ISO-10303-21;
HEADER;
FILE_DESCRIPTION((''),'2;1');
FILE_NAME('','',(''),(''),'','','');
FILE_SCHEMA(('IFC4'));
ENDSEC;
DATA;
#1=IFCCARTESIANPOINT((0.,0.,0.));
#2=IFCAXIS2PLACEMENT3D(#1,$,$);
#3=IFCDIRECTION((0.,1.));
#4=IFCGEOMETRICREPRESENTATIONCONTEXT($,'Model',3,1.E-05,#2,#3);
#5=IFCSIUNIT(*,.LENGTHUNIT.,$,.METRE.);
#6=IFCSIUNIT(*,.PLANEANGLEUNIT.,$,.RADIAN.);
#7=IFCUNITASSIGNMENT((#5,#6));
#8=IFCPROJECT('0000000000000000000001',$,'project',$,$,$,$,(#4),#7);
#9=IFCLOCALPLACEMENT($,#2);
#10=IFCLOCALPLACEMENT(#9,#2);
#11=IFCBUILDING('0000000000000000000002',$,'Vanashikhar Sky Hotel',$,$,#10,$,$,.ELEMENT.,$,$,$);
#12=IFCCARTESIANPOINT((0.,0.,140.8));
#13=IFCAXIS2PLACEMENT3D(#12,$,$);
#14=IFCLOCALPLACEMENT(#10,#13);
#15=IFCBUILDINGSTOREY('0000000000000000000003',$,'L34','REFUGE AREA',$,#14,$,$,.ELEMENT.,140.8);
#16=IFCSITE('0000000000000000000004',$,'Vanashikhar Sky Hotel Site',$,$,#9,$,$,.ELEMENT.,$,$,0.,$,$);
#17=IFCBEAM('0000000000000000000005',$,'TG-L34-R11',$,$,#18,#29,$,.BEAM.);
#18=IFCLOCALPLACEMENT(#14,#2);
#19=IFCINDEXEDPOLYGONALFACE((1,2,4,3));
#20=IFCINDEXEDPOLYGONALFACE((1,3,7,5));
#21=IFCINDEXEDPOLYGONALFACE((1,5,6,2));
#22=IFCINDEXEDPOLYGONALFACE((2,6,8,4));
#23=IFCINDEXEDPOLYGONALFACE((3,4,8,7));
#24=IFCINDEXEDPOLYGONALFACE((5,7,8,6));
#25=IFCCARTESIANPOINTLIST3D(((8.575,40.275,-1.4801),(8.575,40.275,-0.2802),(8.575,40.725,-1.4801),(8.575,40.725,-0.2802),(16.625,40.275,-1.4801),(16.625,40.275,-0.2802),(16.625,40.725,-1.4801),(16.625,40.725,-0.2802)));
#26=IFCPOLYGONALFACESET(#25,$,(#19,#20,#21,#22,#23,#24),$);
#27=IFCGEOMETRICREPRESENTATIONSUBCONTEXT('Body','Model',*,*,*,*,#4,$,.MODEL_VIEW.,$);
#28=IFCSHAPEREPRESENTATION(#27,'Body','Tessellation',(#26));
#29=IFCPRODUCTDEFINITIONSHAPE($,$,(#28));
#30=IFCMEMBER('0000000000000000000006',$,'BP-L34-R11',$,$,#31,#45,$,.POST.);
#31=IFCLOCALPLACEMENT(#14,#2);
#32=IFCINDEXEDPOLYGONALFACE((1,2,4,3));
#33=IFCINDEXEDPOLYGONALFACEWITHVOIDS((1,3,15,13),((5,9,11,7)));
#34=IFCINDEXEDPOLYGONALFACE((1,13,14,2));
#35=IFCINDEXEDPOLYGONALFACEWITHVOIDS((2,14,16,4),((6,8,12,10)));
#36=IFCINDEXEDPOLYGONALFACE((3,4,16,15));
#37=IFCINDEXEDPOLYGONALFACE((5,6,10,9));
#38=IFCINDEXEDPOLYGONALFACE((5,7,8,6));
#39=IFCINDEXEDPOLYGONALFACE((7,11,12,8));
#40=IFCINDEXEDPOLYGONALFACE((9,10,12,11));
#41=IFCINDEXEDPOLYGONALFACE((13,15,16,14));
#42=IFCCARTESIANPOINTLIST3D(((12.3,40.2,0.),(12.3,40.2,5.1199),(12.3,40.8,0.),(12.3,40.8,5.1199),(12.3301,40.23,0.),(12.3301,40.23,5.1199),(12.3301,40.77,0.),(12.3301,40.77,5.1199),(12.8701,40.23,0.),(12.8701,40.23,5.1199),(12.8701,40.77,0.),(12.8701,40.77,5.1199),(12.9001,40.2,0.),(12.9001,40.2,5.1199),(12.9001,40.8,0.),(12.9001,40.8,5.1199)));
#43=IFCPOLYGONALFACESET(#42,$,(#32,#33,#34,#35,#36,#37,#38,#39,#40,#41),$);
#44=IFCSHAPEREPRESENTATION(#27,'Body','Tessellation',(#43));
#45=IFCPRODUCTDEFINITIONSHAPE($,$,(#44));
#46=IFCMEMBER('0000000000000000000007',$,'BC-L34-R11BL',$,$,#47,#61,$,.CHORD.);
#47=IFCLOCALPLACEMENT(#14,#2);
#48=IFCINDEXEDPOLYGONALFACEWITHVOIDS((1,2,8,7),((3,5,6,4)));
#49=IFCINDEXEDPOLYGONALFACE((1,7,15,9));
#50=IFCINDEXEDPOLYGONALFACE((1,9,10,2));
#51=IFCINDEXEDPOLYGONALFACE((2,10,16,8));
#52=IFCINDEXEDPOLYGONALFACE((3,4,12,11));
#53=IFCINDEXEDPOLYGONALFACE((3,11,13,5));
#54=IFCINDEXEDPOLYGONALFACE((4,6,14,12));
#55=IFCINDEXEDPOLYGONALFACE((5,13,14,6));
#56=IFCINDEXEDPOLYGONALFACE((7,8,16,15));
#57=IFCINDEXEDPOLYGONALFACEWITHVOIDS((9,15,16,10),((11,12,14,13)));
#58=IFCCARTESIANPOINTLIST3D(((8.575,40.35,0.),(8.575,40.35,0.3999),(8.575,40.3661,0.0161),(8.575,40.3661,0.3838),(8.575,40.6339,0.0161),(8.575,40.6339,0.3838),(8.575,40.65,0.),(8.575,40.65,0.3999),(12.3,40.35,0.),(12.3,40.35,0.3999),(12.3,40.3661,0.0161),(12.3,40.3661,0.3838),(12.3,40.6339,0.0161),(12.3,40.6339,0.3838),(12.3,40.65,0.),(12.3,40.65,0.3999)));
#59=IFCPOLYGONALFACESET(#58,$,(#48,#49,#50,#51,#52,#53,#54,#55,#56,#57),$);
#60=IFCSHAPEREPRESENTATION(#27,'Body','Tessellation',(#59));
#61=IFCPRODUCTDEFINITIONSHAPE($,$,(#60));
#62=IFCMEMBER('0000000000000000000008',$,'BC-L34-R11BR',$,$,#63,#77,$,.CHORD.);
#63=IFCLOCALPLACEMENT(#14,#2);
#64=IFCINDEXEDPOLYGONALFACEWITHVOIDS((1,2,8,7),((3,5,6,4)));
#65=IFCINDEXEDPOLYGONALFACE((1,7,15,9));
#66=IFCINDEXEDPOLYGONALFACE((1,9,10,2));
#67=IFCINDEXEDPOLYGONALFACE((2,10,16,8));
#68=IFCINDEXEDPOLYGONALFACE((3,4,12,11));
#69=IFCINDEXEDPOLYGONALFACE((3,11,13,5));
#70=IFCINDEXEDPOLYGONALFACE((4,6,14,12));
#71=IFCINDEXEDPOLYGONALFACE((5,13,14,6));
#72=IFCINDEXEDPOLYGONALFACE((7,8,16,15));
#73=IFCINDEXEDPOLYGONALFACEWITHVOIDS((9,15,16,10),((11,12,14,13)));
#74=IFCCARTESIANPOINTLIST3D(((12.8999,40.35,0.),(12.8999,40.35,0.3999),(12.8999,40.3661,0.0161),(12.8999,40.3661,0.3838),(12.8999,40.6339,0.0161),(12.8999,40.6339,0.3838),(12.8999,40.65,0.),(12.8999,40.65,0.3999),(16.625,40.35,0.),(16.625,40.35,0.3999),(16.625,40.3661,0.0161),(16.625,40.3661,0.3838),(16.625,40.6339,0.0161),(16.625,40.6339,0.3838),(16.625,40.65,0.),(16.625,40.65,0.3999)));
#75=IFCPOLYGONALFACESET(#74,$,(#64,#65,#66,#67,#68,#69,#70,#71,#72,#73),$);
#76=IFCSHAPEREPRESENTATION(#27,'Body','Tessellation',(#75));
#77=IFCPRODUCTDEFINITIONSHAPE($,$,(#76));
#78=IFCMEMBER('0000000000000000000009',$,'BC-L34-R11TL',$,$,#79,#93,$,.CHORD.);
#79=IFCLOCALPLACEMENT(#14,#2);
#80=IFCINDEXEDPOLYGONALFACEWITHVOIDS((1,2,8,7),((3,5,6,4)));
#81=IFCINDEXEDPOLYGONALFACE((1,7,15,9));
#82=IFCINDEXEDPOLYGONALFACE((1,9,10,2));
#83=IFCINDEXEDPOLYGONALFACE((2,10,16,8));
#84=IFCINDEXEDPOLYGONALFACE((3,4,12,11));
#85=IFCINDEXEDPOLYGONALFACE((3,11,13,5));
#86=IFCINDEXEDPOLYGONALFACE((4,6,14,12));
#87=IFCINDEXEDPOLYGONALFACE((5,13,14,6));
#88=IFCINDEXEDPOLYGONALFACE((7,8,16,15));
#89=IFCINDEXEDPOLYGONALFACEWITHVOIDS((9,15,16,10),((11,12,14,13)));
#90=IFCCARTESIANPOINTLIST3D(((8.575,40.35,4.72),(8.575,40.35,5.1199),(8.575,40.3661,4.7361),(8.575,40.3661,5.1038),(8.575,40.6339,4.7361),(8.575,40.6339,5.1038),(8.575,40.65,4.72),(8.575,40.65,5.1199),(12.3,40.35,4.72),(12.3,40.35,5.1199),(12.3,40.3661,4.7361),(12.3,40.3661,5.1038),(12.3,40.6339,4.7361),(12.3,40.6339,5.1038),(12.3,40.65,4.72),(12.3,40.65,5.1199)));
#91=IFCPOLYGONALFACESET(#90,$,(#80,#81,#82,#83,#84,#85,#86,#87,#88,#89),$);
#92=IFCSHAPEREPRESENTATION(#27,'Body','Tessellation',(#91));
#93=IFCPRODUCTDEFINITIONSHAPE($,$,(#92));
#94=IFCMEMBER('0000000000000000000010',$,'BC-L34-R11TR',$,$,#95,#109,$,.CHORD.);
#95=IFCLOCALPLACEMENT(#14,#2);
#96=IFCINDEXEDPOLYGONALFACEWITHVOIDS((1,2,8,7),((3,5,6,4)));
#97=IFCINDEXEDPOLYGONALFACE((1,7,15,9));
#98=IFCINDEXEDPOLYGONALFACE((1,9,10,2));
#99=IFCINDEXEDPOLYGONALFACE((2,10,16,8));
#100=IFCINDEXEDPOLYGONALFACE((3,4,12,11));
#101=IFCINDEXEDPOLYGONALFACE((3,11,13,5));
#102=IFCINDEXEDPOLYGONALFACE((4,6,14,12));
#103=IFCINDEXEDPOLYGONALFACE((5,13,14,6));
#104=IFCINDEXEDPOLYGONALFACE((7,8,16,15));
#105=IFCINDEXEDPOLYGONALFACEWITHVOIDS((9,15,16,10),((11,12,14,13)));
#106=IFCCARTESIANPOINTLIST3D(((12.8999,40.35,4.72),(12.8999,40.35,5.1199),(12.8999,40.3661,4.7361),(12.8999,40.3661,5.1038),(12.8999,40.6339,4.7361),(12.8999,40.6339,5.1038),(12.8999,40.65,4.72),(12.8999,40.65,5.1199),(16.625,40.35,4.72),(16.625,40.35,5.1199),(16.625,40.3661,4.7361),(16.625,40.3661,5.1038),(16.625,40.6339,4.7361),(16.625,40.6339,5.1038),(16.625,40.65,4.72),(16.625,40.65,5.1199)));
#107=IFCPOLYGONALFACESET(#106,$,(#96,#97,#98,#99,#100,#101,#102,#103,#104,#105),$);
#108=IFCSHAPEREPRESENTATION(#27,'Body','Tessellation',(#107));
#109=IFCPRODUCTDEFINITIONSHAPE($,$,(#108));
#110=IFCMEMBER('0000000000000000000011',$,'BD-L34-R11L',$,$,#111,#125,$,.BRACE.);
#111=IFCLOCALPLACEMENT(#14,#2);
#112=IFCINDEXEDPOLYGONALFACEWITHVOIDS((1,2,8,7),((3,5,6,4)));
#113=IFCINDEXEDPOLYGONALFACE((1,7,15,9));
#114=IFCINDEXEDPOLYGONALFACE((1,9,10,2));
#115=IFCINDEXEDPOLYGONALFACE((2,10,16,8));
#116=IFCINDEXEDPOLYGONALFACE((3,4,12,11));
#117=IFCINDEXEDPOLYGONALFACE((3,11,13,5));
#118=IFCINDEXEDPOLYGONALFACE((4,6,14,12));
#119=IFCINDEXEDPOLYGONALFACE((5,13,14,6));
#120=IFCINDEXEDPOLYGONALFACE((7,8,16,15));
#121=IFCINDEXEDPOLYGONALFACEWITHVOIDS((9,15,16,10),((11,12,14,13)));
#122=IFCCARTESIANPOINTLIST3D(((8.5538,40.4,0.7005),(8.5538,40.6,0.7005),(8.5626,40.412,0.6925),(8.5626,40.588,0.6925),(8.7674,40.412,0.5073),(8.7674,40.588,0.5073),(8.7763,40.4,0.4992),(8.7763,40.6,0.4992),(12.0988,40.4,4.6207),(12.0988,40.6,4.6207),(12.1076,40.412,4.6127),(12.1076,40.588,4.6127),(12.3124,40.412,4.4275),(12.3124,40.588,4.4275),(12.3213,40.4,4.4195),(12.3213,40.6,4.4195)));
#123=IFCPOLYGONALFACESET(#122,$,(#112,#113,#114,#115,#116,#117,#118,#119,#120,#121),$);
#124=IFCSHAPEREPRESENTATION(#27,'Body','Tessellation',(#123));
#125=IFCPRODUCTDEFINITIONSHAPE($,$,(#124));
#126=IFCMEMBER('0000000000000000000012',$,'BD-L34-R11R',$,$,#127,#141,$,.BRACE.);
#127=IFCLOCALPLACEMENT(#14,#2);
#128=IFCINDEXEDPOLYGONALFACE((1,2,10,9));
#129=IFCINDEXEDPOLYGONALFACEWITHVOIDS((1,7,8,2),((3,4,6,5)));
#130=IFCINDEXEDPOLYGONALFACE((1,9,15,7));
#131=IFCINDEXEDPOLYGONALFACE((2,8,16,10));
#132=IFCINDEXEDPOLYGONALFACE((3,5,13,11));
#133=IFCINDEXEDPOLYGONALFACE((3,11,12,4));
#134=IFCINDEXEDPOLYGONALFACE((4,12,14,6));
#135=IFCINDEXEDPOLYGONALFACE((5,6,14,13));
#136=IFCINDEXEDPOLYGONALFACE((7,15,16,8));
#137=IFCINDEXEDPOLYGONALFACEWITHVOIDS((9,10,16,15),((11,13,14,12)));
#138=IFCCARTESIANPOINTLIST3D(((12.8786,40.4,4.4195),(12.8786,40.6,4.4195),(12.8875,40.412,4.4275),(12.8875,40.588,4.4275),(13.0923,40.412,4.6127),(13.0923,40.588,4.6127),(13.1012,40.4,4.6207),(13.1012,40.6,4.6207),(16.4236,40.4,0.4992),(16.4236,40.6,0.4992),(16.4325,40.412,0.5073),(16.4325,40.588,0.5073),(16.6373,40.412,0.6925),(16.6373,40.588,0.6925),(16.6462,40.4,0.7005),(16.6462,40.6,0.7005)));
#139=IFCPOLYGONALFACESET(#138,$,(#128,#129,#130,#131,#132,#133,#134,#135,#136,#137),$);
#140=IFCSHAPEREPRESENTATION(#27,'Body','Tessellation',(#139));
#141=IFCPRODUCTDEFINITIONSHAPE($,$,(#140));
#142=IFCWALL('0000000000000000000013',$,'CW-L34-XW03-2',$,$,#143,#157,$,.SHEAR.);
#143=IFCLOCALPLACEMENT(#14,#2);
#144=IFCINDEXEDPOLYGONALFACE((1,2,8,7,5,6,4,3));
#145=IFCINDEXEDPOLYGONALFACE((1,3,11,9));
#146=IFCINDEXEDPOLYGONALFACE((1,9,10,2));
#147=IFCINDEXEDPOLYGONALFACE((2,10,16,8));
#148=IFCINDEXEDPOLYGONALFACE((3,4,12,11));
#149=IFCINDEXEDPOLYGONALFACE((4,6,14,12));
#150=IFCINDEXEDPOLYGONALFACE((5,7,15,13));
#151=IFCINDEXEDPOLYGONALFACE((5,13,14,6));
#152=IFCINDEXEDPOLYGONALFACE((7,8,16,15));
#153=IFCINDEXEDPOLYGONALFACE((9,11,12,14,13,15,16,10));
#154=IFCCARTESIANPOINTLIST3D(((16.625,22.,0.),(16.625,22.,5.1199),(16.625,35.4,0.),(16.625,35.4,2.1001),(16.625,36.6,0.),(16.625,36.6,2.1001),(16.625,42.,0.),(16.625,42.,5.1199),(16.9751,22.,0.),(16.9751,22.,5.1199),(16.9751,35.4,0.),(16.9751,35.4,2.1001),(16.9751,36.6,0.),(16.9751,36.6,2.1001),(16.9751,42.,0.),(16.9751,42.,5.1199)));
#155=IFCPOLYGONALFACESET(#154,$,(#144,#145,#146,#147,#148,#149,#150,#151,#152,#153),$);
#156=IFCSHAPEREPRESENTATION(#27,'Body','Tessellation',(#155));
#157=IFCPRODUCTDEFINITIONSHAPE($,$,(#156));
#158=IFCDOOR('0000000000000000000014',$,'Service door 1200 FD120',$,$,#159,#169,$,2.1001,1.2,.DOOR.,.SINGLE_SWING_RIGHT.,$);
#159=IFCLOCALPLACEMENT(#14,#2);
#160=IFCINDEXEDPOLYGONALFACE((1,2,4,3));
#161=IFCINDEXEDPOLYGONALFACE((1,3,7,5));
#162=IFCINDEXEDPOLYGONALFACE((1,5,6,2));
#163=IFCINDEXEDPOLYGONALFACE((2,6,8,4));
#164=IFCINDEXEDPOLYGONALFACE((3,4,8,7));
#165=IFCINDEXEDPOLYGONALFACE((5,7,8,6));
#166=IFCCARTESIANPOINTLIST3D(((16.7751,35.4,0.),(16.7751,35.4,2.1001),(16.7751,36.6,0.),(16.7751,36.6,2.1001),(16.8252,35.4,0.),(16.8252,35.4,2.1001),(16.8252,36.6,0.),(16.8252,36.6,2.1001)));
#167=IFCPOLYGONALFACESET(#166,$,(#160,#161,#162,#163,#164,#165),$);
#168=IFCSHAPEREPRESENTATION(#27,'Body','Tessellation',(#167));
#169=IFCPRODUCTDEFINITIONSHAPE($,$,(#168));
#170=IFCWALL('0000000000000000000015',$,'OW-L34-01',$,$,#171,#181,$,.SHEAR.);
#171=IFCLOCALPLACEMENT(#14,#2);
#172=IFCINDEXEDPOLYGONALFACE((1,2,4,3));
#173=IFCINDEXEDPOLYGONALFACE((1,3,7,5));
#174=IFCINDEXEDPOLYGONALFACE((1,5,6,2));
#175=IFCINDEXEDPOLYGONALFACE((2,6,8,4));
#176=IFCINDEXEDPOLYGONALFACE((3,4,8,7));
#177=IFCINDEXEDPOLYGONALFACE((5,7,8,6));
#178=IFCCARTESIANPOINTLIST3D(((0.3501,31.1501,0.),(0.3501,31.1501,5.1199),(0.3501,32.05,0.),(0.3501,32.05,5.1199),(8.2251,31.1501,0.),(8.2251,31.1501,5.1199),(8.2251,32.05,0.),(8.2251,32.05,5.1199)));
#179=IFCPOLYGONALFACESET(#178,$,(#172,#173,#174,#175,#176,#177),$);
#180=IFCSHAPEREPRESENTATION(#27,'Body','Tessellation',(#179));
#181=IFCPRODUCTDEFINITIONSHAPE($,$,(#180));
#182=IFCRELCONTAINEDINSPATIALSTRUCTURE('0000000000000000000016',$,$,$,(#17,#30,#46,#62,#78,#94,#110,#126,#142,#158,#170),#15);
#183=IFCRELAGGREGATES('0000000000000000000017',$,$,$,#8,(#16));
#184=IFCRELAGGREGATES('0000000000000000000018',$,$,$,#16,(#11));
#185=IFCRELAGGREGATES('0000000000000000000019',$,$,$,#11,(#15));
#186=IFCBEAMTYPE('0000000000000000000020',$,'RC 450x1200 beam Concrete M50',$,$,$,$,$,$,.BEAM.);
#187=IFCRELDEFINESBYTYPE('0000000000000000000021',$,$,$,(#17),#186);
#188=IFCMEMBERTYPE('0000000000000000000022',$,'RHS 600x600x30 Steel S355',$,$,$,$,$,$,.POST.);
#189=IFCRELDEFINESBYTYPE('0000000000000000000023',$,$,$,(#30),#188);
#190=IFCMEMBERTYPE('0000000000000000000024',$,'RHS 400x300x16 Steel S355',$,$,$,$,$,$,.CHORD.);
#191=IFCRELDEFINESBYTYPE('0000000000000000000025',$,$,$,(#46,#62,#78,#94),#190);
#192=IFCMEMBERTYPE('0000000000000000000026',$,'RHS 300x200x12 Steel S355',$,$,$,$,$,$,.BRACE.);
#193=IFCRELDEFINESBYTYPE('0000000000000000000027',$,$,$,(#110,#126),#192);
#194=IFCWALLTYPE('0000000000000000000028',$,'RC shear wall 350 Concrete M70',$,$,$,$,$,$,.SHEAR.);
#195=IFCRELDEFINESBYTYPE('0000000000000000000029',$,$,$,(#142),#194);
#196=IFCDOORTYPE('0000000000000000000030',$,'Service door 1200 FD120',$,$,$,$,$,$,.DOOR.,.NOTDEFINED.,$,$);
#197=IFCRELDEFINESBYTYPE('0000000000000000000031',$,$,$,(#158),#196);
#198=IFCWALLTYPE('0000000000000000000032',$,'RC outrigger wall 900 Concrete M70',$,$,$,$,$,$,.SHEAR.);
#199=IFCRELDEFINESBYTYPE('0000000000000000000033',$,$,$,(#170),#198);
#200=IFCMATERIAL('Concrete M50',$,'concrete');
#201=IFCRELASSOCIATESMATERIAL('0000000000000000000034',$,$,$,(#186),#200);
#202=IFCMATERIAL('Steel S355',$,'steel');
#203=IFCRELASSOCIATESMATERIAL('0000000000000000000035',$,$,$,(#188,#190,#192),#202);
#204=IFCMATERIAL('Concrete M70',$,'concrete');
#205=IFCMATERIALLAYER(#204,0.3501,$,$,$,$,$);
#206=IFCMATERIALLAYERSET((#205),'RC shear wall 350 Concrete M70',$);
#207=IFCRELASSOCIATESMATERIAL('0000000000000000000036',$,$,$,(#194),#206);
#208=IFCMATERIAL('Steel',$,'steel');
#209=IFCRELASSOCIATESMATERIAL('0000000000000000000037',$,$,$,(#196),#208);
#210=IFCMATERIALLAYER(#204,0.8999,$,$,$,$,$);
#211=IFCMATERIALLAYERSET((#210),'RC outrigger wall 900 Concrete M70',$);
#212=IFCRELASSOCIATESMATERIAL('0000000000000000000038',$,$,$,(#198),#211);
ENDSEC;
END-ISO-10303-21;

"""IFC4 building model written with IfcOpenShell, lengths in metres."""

from ifc_helpers import new_model, si_unit, direction, frame, frame_2d, origin, origin_2d, place, context, subcontext, project, spatial, rectangle, hollow_rectangle, extrude, source, transform, mapped, material, layer, layer_set, material_profile, profile_set, type_object, element, fill, save


model = new_model("IFC4")

# Units and contexts
model_context = context("Model", 3, precision=1e-05, world=origin(), true_north=direction((0.0, 1.0)))
body_context = subcontext(model_context, "Body", "Model", "MODEL_VIEW")
ifc_project = project(units=[si_unit("LENGTHUNIT", "METRE"), si_unit("PLANEANGLEUNIT", "RADIAN")], contexts=[model_context])

# Site, building, storey
site_placement = place(None, origin())
site = spatial("IfcSite", under=ifc_project, at=site_placement, Name="Vanashikhar Sky Hotel Site", CompositionType="ELEMENT", RefElevation=0.0)
building_placement = place(site_placement, origin())
building = spatial("IfcBuilding", under=site, at=building_placement, Name="Vanashikhar Sky Hotel", CompositionType="ELEMENT")
storey_placement = place(building_placement, frame((0.0, 0.0, 140.8)))
storey = spatial("IfcBuildingStorey", under=building, at=storey_placement, Name="L34", Description="REFUGE AREA", CompositionType="ELEMENT", Elevation=140.8)

# Beam
ifc_material_1 = material(Name="Concrete M50", Category="concrete")
ifc_material_profile_1 = material_profile(ifc_material_1, rectangle(XDim=0.45, YDim=1.2, at=origin_2d()))
ifc_profile_set_1 = profile_set([ifc_material_profile_1], Name="RC 450x1200 beam Concrete M50")
beam_type = type_object("IfcBeamType", Name="RC 450x1200 beam Concrete M50", PredefinedType="BEAM", material=ifc_profile_set_1)
shared_shape_1 = source(origin(), body_context, "Body", "SweptSolid", [
    extrude(rectangle(XDim=0.45, YDim=1.2, at=origin_2d()), origin(), (0.0, 0.0, 1.0), 8.05),
])
beam_placement = place(storey_placement, frame((8.575, 40.5, -0.8801), z_axis=(1.0, 0.0, 0.0), x_axis=(0.0, 1.0, 0.0)))
element("IfcBeam", 1, at=beam_placement, inside=storey, type_object=beam_type, Name="TG-L34-R11", PredefinedType="BEAM", context=body_context, shape_type="MappedRepresentation", body=[
    mapped(shared_shape_1, transform((0.0, 0.0, 0.0), scale=1.0)),
])

# Members
ifc_material_2 = material(Name="Steel S355", Category="steel")
ifc_material_profile_2 = material_profile(ifc_material_2, hollow_rectangle(XDim=0.6001, YDim=0.6001, WallThickness=0.03, at=origin_2d()))
ifc_profile_set_2 = profile_set([ifc_material_profile_2], Name="RHS 600x600x30 Steel S355")
member_type_1 = type_object("IfcMemberType", Name="RHS 600x600x30 Steel S355", PredefinedType="POST", material=ifc_profile_set_2)
shared_shape_2 = source(origin(), body_context, "Body", "SweptSolid", [
    extrude(hollow_rectangle(XDim=0.6001, YDim=0.6001, WallThickness=0.03, at=origin_2d()), origin(), (0.0, 0.0, 1.0), 5.1199),
])
member_placement = place(storey_placement, frame((12.6001, 40.5, 0.0), z_axis=(0.0, 0.0, 1.0), x_axis=(1.0, 0.0, 0.0)))
element("IfcMember", 2, at=member_placement, inside=storey, type_object=member_type_1, Name="BP-L34-R11", PredefinedType="POST", context=body_context, shape_type="MappedRepresentation", body=[
    mapped(shared_shape_2, transform((0.0, 0.0, 0.0), scale=1.0)),
])
ifc_material_profile_3 = material_profile(ifc_material_2, hollow_rectangle(XDim=0.3, YDim=0.3999, WallThickness=0.0161, at=origin_2d()))
ifc_profile_set_3 = profile_set([ifc_material_profile_3], Name="RHS 400x300x16 Steel S355")
member_type_2 = type_object("IfcMemberType", Name="RHS 400x300x16 Steel S355", PredefinedType="CHORD", material=ifc_profile_set_3)
shared_shape_3 = source(origin(), body_context, "Body", "SweptSolid", [
    extrude(hollow_rectangle(XDim=0.3, YDim=0.3999, WallThickness=0.0161, at=origin_2d()), origin(), (0.0, 0.0, 1.0), 3.7251),
])
for number, where, z_axis, x_axis, name in (
    (3, (8.575, 40.5, 0.2), (1.0, 0.0, 0.0), (0.0, 1.0, 0.0), "BC-L34-R11BL"),
    (4, (12.8999, 40.5, 0.2), (1.0, 0.0, 0.0), (0.0, 1.0, 0.0), "BC-L34-R11BR"),
    (5, (8.575, 40.5, 4.9199), (1.0, 0.0, 0.0), (0.0, 1.0, 0.0), "BC-L34-R11TL"),
    (6, (12.8999, 40.5, 4.9199), (1.0, 0.0, 0.0), (0.0, 1.0, 0.0), "BC-L34-R11TR"),
):
    element("IfcMember", number, at=place(storey_placement, frame(where, z_axis=z_axis, x_axis=x_axis)), inside=storey, type_object=member_type_2, Name=name, PredefinedType="CHORD", context=body_context, shape_type="MappedRepresentation", body=[
        mapped(shared_shape_3, transform((0.0, 0.0, 0.0), scale=1.0)),
    ])
ifc_material_profile_4 = material_profile(ifc_material_2, hollow_rectangle(XDim=0.2, YDim=0.3, WallThickness=0.012, at=origin_2d()))
ifc_profile_set_4 = profile_set([ifc_material_profile_4], Name="RHS 300x200x12 Steel S355")
member_type_3 = type_object("IfcMemberType", Name="RHS 300x200x12 Steel S355", PredefinedType="BRACE", material=ifc_profile_set_4)
shared_shape_4 = source(origin(), body_context, "Body", "SweptSolid", [
    extrude(hollow_rectangle(XDim=0.2, YDim=0.3, WallThickness=0.012, at=origin_2d()), origin(), (0.0, 0.0, 1.0), 5.2854),
])
for number, where, z_axis, x_axis, name in (
    (7, (8.665, 40.5, 0.5999), (0.670716, 0.0, 0.741714), (0.0, 1.0, 0.0), "BD-L34-R11L"),
    (8, (16.5349, 40.5, 0.5999), (-0.670716, 0.0, 0.741714), (0.0, -1.0, 0.0), "BD-L34-R11R"),
):
    element("IfcMember", number, at=place(storey_placement, frame(where, z_axis=z_axis, x_axis=x_axis)), inside=storey, type_object=member_type_3, Name=name, PredefinedType="BRACE", context=body_context, shape_type="MappedRepresentation", body=[
        mapped(shared_shape_4, transform((0.0, 0.0, 0.0), scale=1.0)),
    ])

# Wall, opening, door
ifc_material_3 = material(Name="Concrete M70", Category="concrete")
ifc_layer_1 = layer(ifc_material_3, 0.3501)
ifc_layer_set_1 = layer_set([ifc_layer_1], Name="RC shear wall 350 Concrete M70")
wall_type_1 = type_object("IfcWallType", Name="RC shear wall 350 Concrete M70", PredefinedType="SHEAR", material=ifc_layer_set_1)
shared_shape_5 = source(origin(), body_context, "Body", "SweptSolid", [
    extrude(rectangle(XDim=20.0, YDim=0.3501, at=frame_2d((10.0, 0.0))), origin(), (0.0, 0.0, 1.0), 5.1199),
])
wall_1_placement = place(storey_placement, frame((16.8, 22.0, 0.0), z_axis=(0.0, 0.0, 1.0), x_axis=(0.0, 1.0, 0.0)))
wall_1 = element("IfcWall", 9, at=wall_1_placement, inside=storey, type_object=wall_type_1, Name="CW-L34-XW03-2", PredefinedType="SHEAR", context=body_context, shape_type="MappedRepresentation", body=[
    mapped(shared_shape_5, transform((0.0, 0.0, 0.0), scale=1.0)),
])
shared_shape_6 = source(origin(), body_context, "Body", "SweptSolid", [
    extrude(rectangle(XDim=1.2, YDim=2.1001, at=frame_2d((0.6001, 1.05))), frame((0.0, 0.1851, 0.0), z_axis=(0.0, -1.0, 0.0), x_axis=(1.0, 0.0, 0.0)), (0.0, 0.0, 1.0), 0.3701),
])
opening_1_placement = place(wall_1_placement, frame((13.3999, 0.0, 0.0)))
opening_1 = element("IfcOpeningElement", 10, at=opening_1_placement, cuts=wall_1, PredefinedType="OPENING", context=body_context, shape_type="MappedRepresentation", body=[
    mapped(shared_shape_6, transform((0.0, 0.0, 0.0), scale=1.0)),
])
ifc_material_4 = material(Name="Steel", Category="steel")
door_type = type_object("IfcDoorType", Name="Service door 1200 FD120", OperationType="NOTDEFINED", PredefinedType="DOOR", material=ifc_material_4)
shared_shape_7 = source(origin(), body_context, "Body", "SweptSolid", [
    extrude(rectangle(XDim=1.2, YDim=2.1001, at=frame_2d((0.6001, 1.05))), frame((0.0, 0.0249, 0.0), z_axis=(0.0, -1.0, 0.0), x_axis=(1.0, 0.0, 0.0)), (0.0, 0.0, 1.0), 0.05),
])
door_1_placement = place(opening_1_placement, origin())
door_1 = element("IfcDoor", 11, at=door_1_placement, inside=storey, type_object=door_type, Name="Service door 1200 FD120", OperationType="SINGLE_SWING_RIGHT", OverallHeight=2.1001, OverallWidth=1.2, PredefinedType="DOOR", context=body_context, shape_type="MappedRepresentation", body=[
    mapped(shared_shape_7, transform((0.0, 0.0, 0.0), scale=1.0)),
])
fill(opening_1, door_1)

# Wall
ifc_layer_2 = layer(ifc_material_3, 0.8999)
ifc_layer_set_2 = layer_set([ifc_layer_2], Name="RC outrigger wall 900 Concrete M70")
wall_type_2 = type_object("IfcWallType", Name="RC outrigger wall 900 Concrete M70", PredefinedType="SHEAR", material=ifc_layer_set_2)
shared_shape_8 = source(origin(), body_context, "Body", "SweptSolid", [
    extrude(rectangle(XDim=7.875, YDim=0.8999, at=frame_2d((3.9375, 0.0))), origin(), (0.0, 0.0, 1.0), 5.1199),
])
wall_2_placement = place(storey_placement, frame((0.3501, 31.6001, 0.0), z_axis=(0.0, 0.0, 1.0), x_axis=(1.0, 0.0, 0.0)))
element("IfcWall", 12, at=wall_2_placement, inside=storey, type_object=wall_type_2, Name="OW-L34-01", PredefinedType="SHEAR", context=body_context, shape_type="MappedRepresentation", body=[
    mapped(shared_shape_8, transform((0.0, 0.0, 0.0), scale=1.0)),
])

save(model, "model.ifc")
